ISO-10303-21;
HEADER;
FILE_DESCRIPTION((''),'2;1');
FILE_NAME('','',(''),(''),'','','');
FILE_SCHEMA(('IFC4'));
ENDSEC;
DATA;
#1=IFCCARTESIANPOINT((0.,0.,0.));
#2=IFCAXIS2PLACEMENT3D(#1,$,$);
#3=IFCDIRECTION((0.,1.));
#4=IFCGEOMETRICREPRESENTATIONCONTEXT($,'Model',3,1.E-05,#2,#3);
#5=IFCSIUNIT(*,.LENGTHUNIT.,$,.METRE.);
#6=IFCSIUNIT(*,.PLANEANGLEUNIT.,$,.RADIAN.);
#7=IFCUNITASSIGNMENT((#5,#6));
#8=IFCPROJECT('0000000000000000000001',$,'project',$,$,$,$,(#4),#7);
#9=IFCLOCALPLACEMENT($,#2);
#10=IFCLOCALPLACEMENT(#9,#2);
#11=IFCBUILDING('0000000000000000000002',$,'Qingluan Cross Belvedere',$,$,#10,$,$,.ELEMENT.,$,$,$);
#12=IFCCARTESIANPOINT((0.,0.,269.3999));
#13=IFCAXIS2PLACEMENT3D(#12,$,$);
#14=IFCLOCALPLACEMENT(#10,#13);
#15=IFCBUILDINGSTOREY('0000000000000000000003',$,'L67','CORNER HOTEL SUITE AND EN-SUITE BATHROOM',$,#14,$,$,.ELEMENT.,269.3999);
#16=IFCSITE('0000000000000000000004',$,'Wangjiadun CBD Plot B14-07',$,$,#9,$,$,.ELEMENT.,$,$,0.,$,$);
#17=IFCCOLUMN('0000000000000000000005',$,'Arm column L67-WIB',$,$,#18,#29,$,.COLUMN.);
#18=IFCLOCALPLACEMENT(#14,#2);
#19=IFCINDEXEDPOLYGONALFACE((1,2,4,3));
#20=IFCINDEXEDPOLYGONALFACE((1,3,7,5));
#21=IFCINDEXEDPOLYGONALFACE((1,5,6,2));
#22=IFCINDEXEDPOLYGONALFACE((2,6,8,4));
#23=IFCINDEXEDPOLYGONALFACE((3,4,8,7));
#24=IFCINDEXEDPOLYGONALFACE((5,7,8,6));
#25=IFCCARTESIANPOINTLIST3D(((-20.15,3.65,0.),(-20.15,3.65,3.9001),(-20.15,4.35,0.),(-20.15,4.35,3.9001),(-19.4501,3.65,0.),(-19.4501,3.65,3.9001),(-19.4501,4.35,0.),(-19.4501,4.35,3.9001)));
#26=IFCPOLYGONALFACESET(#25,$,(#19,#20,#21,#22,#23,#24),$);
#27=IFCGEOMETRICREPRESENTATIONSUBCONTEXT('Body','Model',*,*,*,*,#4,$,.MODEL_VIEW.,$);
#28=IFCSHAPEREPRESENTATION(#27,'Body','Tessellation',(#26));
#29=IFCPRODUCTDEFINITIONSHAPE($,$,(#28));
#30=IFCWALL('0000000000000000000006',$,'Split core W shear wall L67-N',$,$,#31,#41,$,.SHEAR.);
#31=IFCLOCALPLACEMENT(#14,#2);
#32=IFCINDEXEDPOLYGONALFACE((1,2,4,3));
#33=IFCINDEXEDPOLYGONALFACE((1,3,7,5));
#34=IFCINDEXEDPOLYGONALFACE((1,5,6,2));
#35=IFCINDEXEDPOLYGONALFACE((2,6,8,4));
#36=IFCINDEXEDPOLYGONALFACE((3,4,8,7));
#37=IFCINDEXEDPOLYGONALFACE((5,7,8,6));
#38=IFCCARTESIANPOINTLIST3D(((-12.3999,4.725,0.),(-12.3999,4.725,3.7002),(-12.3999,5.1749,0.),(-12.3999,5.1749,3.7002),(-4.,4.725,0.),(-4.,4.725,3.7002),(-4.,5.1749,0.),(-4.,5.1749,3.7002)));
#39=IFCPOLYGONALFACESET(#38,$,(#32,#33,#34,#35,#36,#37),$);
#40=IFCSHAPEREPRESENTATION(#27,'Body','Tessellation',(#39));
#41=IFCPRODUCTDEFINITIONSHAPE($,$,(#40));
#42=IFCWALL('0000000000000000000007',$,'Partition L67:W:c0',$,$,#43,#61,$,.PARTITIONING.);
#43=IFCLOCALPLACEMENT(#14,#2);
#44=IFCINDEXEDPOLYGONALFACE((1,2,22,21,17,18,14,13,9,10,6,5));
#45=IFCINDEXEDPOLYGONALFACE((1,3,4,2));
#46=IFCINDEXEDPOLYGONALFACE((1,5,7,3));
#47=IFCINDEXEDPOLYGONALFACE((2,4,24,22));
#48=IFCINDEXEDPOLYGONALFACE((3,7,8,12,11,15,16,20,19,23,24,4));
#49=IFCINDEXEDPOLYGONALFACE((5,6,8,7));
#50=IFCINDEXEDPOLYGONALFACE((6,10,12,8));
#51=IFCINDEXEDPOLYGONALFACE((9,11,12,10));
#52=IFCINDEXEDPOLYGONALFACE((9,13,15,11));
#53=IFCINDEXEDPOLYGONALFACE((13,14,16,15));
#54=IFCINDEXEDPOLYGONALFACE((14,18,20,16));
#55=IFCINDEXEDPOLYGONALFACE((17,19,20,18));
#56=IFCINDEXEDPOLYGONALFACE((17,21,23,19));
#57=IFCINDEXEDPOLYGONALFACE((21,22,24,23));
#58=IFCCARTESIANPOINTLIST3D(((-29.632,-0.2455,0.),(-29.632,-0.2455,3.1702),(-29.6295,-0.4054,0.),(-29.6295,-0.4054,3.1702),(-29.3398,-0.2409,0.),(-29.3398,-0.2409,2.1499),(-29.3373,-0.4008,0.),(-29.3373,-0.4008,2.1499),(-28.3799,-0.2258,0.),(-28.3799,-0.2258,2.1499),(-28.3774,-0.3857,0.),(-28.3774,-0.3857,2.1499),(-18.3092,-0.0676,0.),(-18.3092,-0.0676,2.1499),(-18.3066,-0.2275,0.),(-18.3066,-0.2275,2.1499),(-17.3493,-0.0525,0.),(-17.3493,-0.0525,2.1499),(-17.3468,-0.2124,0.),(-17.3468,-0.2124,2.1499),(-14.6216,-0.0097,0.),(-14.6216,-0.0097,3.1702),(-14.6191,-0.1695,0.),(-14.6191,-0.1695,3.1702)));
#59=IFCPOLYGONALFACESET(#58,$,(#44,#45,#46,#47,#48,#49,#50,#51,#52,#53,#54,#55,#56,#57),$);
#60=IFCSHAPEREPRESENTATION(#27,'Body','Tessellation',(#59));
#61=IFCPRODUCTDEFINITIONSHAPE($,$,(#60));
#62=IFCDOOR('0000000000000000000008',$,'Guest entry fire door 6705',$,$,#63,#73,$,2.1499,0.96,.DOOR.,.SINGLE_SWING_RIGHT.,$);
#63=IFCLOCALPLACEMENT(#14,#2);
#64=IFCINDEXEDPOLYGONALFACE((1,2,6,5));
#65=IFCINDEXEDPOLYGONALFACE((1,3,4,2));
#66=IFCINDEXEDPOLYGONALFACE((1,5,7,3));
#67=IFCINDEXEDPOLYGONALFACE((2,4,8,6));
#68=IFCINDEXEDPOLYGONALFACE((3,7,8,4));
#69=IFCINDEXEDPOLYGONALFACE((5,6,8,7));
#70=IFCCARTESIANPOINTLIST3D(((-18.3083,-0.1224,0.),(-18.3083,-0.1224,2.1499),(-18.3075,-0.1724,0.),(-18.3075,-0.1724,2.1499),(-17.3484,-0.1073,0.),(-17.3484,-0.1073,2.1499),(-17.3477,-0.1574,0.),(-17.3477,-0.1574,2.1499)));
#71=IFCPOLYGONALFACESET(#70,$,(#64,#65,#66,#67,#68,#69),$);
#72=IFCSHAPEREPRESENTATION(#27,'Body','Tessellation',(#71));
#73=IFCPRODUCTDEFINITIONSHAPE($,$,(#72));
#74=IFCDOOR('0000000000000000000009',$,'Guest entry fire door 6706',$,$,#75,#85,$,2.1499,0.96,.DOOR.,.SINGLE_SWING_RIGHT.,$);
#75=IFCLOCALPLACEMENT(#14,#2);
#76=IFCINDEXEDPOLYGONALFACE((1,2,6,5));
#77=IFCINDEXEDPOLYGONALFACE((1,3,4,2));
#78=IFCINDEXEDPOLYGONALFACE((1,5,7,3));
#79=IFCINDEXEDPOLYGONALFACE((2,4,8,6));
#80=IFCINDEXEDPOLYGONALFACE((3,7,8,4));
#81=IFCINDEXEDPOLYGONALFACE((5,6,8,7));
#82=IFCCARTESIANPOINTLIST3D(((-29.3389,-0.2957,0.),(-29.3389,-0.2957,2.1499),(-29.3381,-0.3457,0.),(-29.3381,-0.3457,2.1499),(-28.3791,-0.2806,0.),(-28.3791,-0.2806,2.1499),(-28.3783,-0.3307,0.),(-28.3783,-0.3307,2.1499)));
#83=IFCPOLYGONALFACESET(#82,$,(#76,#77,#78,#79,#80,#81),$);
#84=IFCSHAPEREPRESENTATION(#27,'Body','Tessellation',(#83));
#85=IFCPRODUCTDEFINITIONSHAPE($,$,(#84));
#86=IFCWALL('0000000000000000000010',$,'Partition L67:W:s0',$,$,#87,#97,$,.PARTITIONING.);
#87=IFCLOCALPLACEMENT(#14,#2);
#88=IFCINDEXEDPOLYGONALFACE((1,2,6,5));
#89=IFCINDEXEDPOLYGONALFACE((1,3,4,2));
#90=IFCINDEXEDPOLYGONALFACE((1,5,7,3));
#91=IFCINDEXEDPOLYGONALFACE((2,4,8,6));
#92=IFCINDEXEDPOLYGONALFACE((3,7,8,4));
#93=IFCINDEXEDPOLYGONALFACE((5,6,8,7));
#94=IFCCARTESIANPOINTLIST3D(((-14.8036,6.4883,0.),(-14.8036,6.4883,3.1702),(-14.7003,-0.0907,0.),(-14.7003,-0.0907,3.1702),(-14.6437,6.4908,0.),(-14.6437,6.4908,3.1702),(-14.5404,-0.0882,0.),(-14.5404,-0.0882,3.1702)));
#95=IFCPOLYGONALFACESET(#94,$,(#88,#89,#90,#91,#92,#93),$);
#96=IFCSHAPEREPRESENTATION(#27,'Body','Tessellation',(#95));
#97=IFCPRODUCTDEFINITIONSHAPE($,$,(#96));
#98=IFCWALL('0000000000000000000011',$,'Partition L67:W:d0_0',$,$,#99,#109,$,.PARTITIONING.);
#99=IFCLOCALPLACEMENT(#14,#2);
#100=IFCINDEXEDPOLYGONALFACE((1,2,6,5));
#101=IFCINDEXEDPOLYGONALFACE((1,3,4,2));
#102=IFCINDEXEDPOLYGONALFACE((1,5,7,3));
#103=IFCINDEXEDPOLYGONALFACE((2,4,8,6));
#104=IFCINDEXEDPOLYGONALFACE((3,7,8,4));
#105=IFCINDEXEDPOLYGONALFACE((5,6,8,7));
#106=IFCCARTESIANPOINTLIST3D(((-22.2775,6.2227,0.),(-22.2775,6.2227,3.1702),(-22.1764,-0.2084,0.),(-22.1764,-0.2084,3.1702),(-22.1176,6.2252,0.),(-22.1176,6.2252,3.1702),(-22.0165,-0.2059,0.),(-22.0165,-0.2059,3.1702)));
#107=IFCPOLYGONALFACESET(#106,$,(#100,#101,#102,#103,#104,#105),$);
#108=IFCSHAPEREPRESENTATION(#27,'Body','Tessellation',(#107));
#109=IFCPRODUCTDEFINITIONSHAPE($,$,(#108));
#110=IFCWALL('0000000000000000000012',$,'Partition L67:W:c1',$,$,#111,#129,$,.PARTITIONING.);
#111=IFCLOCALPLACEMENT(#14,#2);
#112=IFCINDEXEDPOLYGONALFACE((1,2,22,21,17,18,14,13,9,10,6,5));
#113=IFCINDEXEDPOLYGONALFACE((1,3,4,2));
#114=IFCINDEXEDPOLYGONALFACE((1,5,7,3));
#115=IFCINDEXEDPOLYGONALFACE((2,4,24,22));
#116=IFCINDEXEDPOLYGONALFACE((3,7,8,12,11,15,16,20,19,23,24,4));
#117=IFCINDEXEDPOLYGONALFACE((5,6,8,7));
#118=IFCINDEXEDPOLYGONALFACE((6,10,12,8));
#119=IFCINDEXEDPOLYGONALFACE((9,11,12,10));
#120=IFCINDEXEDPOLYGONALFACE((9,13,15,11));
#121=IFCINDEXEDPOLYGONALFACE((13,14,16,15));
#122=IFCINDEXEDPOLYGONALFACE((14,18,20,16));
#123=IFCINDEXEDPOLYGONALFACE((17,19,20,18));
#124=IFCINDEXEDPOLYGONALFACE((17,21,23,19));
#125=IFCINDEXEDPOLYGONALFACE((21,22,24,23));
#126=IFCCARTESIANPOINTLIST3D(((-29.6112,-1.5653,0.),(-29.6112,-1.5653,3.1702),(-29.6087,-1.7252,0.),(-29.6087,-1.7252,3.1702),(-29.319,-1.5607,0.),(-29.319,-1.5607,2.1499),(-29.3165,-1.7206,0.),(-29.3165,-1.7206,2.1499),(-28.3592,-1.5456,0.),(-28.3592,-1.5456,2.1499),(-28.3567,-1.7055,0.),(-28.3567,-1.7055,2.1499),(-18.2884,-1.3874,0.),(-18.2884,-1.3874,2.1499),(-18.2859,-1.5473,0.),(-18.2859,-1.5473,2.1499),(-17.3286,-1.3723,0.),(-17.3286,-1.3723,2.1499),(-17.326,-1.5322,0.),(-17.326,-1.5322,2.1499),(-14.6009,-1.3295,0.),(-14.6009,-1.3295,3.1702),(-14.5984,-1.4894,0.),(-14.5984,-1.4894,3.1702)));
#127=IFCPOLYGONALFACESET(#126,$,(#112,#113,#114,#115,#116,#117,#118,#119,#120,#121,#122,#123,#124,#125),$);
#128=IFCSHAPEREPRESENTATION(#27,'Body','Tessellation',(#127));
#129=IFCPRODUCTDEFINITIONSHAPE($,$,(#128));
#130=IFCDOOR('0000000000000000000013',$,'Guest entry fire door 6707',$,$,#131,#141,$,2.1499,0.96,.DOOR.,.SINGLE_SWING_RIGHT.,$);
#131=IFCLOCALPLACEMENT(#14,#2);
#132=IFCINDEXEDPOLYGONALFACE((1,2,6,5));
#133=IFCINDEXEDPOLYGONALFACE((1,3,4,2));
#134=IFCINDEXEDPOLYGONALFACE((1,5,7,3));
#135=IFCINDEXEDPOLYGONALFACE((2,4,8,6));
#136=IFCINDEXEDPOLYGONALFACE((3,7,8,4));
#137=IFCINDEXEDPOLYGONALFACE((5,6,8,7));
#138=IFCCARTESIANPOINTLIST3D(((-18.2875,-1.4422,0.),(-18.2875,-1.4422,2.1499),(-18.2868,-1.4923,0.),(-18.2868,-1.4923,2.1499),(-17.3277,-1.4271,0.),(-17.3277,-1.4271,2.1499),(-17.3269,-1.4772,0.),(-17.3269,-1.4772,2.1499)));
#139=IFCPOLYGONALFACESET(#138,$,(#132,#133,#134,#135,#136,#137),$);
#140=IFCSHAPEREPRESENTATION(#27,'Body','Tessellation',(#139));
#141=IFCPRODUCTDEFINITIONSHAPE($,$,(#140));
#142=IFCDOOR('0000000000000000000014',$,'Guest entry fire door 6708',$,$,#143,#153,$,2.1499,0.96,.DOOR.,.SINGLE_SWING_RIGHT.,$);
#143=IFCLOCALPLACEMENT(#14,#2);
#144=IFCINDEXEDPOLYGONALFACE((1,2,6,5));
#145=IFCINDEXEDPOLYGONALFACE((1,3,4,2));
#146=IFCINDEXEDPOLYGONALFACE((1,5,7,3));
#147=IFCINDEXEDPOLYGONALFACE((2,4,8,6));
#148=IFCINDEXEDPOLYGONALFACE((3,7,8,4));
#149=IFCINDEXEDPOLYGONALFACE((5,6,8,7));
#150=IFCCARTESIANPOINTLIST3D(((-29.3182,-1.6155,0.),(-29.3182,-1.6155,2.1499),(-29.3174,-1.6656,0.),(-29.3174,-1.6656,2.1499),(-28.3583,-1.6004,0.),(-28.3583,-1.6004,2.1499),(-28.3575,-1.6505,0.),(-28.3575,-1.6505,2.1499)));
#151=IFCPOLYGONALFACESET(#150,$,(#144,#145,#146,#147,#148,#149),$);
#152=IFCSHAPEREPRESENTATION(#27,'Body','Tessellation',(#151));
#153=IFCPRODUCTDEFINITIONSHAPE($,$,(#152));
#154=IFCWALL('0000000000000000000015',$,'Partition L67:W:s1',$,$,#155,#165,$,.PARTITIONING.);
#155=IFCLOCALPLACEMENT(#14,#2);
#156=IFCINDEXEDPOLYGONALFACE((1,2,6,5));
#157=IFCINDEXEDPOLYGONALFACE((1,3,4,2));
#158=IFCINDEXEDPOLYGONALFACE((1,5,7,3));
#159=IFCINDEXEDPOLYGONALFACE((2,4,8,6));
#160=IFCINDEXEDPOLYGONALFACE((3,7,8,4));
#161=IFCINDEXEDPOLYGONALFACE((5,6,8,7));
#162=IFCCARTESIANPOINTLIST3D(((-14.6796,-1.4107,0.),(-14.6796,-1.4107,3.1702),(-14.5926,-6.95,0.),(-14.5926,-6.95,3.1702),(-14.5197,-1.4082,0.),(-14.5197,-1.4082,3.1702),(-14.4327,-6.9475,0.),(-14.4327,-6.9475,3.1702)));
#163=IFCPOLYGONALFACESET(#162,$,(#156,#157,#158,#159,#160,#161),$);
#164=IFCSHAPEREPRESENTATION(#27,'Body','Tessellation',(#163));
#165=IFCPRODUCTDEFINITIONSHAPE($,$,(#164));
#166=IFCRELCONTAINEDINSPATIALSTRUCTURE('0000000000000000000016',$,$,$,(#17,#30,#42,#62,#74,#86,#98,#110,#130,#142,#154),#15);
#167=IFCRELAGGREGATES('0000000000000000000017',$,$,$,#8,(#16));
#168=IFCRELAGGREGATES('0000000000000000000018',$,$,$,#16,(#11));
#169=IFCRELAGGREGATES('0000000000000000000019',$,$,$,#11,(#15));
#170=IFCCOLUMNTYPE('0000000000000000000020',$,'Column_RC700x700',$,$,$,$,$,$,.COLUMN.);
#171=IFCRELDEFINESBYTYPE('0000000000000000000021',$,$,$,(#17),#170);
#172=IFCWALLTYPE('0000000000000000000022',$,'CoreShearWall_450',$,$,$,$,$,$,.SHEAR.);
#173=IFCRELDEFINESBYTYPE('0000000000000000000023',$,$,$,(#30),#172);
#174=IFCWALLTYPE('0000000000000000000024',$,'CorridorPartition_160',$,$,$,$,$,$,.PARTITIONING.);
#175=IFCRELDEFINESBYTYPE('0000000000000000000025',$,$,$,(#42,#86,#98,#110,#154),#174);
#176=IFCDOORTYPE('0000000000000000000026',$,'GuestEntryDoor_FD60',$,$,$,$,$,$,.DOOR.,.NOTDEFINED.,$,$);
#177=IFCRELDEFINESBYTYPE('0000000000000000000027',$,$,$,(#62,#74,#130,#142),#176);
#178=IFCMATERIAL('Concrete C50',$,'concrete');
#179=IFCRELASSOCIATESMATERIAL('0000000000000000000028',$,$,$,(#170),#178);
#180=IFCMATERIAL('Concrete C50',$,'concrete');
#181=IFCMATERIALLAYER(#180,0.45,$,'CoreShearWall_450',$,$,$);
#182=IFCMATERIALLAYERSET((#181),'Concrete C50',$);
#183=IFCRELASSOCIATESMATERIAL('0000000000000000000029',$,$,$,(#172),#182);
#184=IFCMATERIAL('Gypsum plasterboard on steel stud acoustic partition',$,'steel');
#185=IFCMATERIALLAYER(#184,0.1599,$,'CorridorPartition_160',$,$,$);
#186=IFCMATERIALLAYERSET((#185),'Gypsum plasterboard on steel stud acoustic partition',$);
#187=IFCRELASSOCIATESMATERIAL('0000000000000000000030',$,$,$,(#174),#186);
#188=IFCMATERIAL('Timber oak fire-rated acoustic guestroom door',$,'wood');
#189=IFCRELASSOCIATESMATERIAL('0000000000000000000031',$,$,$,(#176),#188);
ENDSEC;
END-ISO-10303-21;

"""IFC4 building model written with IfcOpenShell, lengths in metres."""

from ifc_helpers import new_model, si_unit, direction, frame, frame_2d, origin, origin_2d, place, context, subcontext, project, spatial, rectangle, extrude, material, layer, layer_set, material_profile, profile_set, type_object, element, fill, save


model = new_model("IFC4")

# Units and contexts
model_context = context("Model", 3, precision=1e-05, world=origin(), true_north=direction((0.0, 1.0)))
body_context = subcontext(model_context, "Body", "Model", "MODEL_VIEW")
ifc_project = project(units=[si_unit("LENGTHUNIT", "METRE"), si_unit("PLANEANGLEUNIT", "RADIAN")], contexts=[model_context])

# Site, building, storey
site_placement = place(None, origin())
site = spatial("IfcSite", under=ifc_project, at=site_placement, Name="Wangjiadun CBD Plot B14-07", CompositionType="ELEMENT", RefElevation=0.0)
building_placement = place(site_placement, origin())
building = spatial("IfcBuilding", under=site, at=building_placement, Name="Qingluan Cross Belvedere", CompositionType="ELEMENT")
storey_placement = place(building_placement, frame((0.0, 0.0, 269.3999)))
storey = spatial("IfcBuildingStorey", under=building, at=storey_placement, Name="L67", Description="CORNER HOTEL SUITE AND EN-SUITE BATHROOM", CompositionType="ELEMENT", Elevation=269.3999)

# Column
ifc_material_1 = material(Name="Concrete C50", Category="concrete")
ifc_material_profile = material_profile(ifc_material_1, rectangle(XDim=0.7, YDim=0.7, at=origin_2d()), Name="RC700x700")
ifc_profile_set = profile_set([ifc_material_profile], Name="Concrete C50")
column_type = type_object("IfcColumnType", Name="Column_RC700x700", PredefinedType="COLUMN", material=ifc_profile_set)
column_placement = place(storey_placement, frame((-19.8, 4.0, 0.0), z_axis=(0.0, 0.0, 1.0), x_axis=(1.0, 0.0, 0.0)))
element("IfcColumn", 1, at=column_placement, inside=storey, type_object=column_type, Name="Arm column L67-WIB", PredefinedType="COLUMN", context=body_context, shape_type="SweptSolid", body=[
    extrude(rectangle(XDim=0.7, YDim=0.7, at=origin_2d()), origin(), (0.0, 0.0, 1.0), 3.9001),
])

# Wall
ifc_material_2 = material(Name="Concrete C50", Category="concrete")
ifc_layer_1 = layer(ifc_material_2, 0.45, Name="CoreShearWall_450")
ifc_layer_set_1 = layer_set([ifc_layer_1], Name="Concrete C50")
wall_type_1 = type_object("IfcWallType", Name="CoreShearWall_450", PredefinedType="SHEAR", material=ifc_layer_set_1)
wall_1_placement = place(storey_placement, frame((-12.3999, 4.95, 0.0), z_axis=(0.0, 0.0, 1.0), x_axis=(1.0, 0.0, 0.0)))
element("IfcWall", 2, at=wall_1_placement, inside=storey, type_object=wall_type_1, Name="Split core W shear wall L67-N", PredefinedType="SHEAR", context=body_context, shape_type="SweptSolid", body=[
    extrude(rectangle(XDim=8.3999, YDim=0.45, at=frame_2d((4.2, 0.0))), origin(), (0.0, 0.0, 1.0), 3.7002),
])

# Wall, openings, doors
ifc_material_3 = material(Name="Gypsum plasterboard on steel stud acoustic partition", Category="steel")
ifc_layer_2 = layer(ifc_material_3, 0.1599, Name="CorridorPartition_160")
ifc_layer_set_2 = layer_set([ifc_layer_2], Name="Gypsum plasterboard on steel stud acoustic partition")
wall_type_2 = type_object("IfcWallType", Name="CorridorPartition_160", PredefinedType="PARTITIONING", material=ifc_layer_set_2)
wall_2_placement = place(storey_placement, frame((-14.6204, -0.0896, 0.0), z_axis=(0.0, 0.0, 1.0), x_axis=(-0.999877, -0.01571, 0.0)))
wall_2 = element("IfcWall", 3, at=wall_2_placement, inside=storey, type_object=wall_type_2, Name="Partition L67:W:c0", PredefinedType="PARTITIONING", context=body_context, shape_type="SweptSolid", body=[
    extrude(rectangle(XDim=15.0122, YDim=0.1599, at=frame_2d((7.5061, 0.0))), origin(), (0.0, 0.0, 1.0), 3.1702),
])
opening_1_placement = place(wall_2_placement, frame((2.728, 0.0, 0.0)))
opening_1 = element("IfcOpeningElement", 4, at=opening_1_placement, cuts=wall_2, PredefinedType="OPENING", context=body_context, shape_type="SweptSolid", body=[
    extrude(rectangle(XDim=0.96, YDim=2.1499, at=frame_2d((0.48, 1.075))), frame((0.0, 0.0898, 0.0), z_axis=(0.0, -1.0, 0.0), x_axis=(1.0, 0.0, 0.0)), (0.0, 0.0, 1.0), 0.1799),
])
opening_2_placement = place(wall_2_placement, frame((13.76, 0.0, 0.0)))
opening_2 = element("IfcOpeningElement", 5, at=opening_2_placement, cuts=wall_2, PredefinedType="OPENING", context=body_context, shape_type="SweptSolid", body=[
    extrude(rectangle(XDim=0.96, YDim=2.1499, at=frame_2d((0.48, 1.075))), frame((0.0, 0.0898, 0.0), z_axis=(0.0, -1.0, 0.0), x_axis=(1.0, 0.0, 0.0)), (0.0, 0.0, 1.0), 0.1799),
])
ifc_material_4 = material(Name="Timber oak fire-rated acoustic guestroom door", Category="wood")
door_type_1 = type_object("IfcDoorType", Name="GuestEntryDoor_FD60", OperationType="NOTDEFINED", PredefinedType="DOOR", material=ifc_material_4)
door_1_placement = place(opening_1_placement, origin())
door_1 = element("IfcDoor", 6, at=door_1_placement, inside=storey, type_object=door_type_1, Name="Guest entry fire door 6705", OperationType="SINGLE_SWING_RIGHT", OverallHeight=2.1499, OverallWidth=0.96, PredefinedType="DOOR", context=body_context, shape_type="SweptSolid", body=[
    extrude(rectangle(XDim=0.96, YDim=2.1499, at=frame_2d((0.48, 1.075))), frame((0.0, 0.0249, 0.0), z_axis=(0.0, -1.0, 0.0), x_axis=(1.0, 0.0, 0.0)), (0.0, 0.0, 1.0), 0.05),
])
fill(opening_1, door_1)
door_2_placement = place(opening_2_placement, origin())
door_2 = element("IfcDoor", 7, at=door_2_placement, inside=storey, type_object=door_type_1, Name="Guest entry fire door 6706", OperationType="SINGLE_SWING_RIGHT", OverallHeight=2.1499, OverallWidth=0.96, PredefinedType="DOOR", context=body_context, shape_type="SweptSolid", body=[
    extrude(rectangle(XDim=0.96, YDim=2.1499, at=frame_2d((0.48, 1.075))), frame((0.0, 0.0249, 0.0), z_axis=(0.0, -1.0, 0.0), x_axis=(1.0, 0.0, 0.0)), (0.0, 0.0, 1.0), 0.05),
])
fill(opening_2, door_2)

# Walls
wall_3_placement = place(storey_placement, frame((-14.6204, -0.0896, 0.0), z_axis=(0.0, 0.0, 1.0), x_axis=(-0.015695, 0.999877, 0.0)))
element("IfcWall", 8, at=wall_3_placement, inside=storey, type_object=wall_type_2, Name="Partition L67:W:s0", PredefinedType="PARTITIONING", context=body_context, shape_type="SweptSolid", body=[
    extrude(rectangle(XDim=6.5798, YDim=0.1599, at=frame_2d((3.29, 0.0))), origin(), (0.0, 0.0, 1.0), 3.1702),
])
wall_4_placement = place(storey_placement, frame((-22.0964, -0.207, 0.0), z_axis=(0.0, 0.0, 1.0), x_axis=(-0.015714, 0.999877, 0.0)))
element("IfcWall", 9, at=wall_4_placement, inside=storey, type_object=wall_type_2, Name="Partition L67:W:d0_0", PredefinedType="PARTITIONING", context=body_context, shape_type="SweptSolid", body=[
    extrude(rectangle(XDim=6.4319, YDim=0.1599, at=frame_2d((3.2158, 0.0))), origin(), (0.0, 0.0, 1.0), 3.1702),
])

# Wall, openings, doors
wall_5_placement = place(storey_placement, frame((-14.5996, -1.4094, 0.0), z_axis=(0.0, 0.0, 1.0), x_axis=(-0.999877, -0.01571, 0.0)))
wall_5 = element("IfcWall", 10, at=wall_5_placement, inside=storey, type_object=wall_type_2, Name="Partition L67:W:c1", PredefinedType="PARTITIONING", context=body_context, shape_type="SweptSolid", body=[
    extrude(rectangle(XDim=15.0122, YDim=0.1599, at=frame_2d((7.5061, 0.0))), origin(), (0.0, 0.0, 1.0), 3.1702),
])
opening_3_placement = place(wall_5_placement, frame((2.728, 0.0, 0.0)))
opening_3 = element("IfcOpeningElement", 11, at=opening_3_placement, cuts=wall_5, PredefinedType="OPENING", context=body_context, shape_type="SweptSolid", body=[
    extrude(rectangle(XDim=0.96, YDim=2.1499, at=frame_2d((0.48, 1.075))), frame((0.0, 0.0898, 0.0), z_axis=(0.0, -1.0, 0.0), x_axis=(1.0, 0.0, 0.0)), (0.0, 0.0, 1.0), 0.1799),
])
opening_4_placement = place(wall_5_placement, frame((13.76, 0.0, 0.0)))
opening_4 = element("IfcOpeningElement", 12, at=opening_4_placement, cuts=wall_5, PredefinedType="OPENING", context=body_context, shape_type="SweptSolid", body=[
    extrude(rectangle(XDim=0.96, YDim=2.1499, at=frame_2d((0.48, 1.075))), frame((0.0, 0.0898, 0.0), z_axis=(0.0, -1.0, 0.0), x_axis=(1.0, 0.0, 0.0)), (0.0, 0.0, 1.0), 0.1799),
])
door_3_placement = place(opening_3_placement, origin())
door_3 = element("IfcDoor", 13, at=door_3_placement, inside=storey, type_object=door_type_1, Name="Guest entry fire door 6707", OperationType="SINGLE_SWING_RIGHT", OverallHeight=2.1499, OverallWidth=0.96, PredefinedType="DOOR", context=body_context, shape_type="SweptSolid", body=[
    extrude(rectangle(XDim=0.96, YDim=2.1499, at=frame_2d((0.48, 1.075))), frame((0.0, 0.0249, 0.0), z_axis=(0.0, -1.0, 0.0), x_axis=(1.0, 0.0, 0.0)), (0.0, 0.0, 1.0), 0.05),
])
fill(opening_3, door_3)
door_4_placement = place(opening_4_placement, origin())
door_4 = element("IfcDoor", 14, at=door_4_placement, inside=storey, type_object=door_type_1, Name="Guest entry fire door 6708", OperationType="SINGLE_SWING_RIGHT", OverallHeight=2.1499, OverallWidth=0.96, PredefinedType="DOOR", context=body_context, shape_type="SweptSolid", body=[
    extrude(rectangle(XDim=0.96, YDim=2.1499, at=frame_2d((0.48, 1.075))), frame((0.0, 0.0249, 0.0), z_axis=(0.0, -1.0, 0.0), x_axis=(1.0, 0.0, 0.0)), (0.0, 0.0, 1.0), 0.05),
])
fill(opening_4, door_4)

# Wall
wall_6_placement = place(storey_placement, frame((-14.5996, -1.4094, 0.0), z_axis=(0.0, 0.0, 1.0), x_axis=(0.015688, -0.999877, 0.0)))
element("IfcWall", 15, at=wall_6_placement, inside=storey, type_object=wall_type_2, Name="Partition L67:W:s1", PredefinedType="PARTITIONING", context=body_context, shape_type="SweptSolid", body=[
    extrude(rectangle(XDim=5.54, YDim=0.1599, at=frame_2d((2.77, 0.0))), origin(), (0.0, 0.0, 1.0), 3.1702),
])

save(model, "model.ifc")
